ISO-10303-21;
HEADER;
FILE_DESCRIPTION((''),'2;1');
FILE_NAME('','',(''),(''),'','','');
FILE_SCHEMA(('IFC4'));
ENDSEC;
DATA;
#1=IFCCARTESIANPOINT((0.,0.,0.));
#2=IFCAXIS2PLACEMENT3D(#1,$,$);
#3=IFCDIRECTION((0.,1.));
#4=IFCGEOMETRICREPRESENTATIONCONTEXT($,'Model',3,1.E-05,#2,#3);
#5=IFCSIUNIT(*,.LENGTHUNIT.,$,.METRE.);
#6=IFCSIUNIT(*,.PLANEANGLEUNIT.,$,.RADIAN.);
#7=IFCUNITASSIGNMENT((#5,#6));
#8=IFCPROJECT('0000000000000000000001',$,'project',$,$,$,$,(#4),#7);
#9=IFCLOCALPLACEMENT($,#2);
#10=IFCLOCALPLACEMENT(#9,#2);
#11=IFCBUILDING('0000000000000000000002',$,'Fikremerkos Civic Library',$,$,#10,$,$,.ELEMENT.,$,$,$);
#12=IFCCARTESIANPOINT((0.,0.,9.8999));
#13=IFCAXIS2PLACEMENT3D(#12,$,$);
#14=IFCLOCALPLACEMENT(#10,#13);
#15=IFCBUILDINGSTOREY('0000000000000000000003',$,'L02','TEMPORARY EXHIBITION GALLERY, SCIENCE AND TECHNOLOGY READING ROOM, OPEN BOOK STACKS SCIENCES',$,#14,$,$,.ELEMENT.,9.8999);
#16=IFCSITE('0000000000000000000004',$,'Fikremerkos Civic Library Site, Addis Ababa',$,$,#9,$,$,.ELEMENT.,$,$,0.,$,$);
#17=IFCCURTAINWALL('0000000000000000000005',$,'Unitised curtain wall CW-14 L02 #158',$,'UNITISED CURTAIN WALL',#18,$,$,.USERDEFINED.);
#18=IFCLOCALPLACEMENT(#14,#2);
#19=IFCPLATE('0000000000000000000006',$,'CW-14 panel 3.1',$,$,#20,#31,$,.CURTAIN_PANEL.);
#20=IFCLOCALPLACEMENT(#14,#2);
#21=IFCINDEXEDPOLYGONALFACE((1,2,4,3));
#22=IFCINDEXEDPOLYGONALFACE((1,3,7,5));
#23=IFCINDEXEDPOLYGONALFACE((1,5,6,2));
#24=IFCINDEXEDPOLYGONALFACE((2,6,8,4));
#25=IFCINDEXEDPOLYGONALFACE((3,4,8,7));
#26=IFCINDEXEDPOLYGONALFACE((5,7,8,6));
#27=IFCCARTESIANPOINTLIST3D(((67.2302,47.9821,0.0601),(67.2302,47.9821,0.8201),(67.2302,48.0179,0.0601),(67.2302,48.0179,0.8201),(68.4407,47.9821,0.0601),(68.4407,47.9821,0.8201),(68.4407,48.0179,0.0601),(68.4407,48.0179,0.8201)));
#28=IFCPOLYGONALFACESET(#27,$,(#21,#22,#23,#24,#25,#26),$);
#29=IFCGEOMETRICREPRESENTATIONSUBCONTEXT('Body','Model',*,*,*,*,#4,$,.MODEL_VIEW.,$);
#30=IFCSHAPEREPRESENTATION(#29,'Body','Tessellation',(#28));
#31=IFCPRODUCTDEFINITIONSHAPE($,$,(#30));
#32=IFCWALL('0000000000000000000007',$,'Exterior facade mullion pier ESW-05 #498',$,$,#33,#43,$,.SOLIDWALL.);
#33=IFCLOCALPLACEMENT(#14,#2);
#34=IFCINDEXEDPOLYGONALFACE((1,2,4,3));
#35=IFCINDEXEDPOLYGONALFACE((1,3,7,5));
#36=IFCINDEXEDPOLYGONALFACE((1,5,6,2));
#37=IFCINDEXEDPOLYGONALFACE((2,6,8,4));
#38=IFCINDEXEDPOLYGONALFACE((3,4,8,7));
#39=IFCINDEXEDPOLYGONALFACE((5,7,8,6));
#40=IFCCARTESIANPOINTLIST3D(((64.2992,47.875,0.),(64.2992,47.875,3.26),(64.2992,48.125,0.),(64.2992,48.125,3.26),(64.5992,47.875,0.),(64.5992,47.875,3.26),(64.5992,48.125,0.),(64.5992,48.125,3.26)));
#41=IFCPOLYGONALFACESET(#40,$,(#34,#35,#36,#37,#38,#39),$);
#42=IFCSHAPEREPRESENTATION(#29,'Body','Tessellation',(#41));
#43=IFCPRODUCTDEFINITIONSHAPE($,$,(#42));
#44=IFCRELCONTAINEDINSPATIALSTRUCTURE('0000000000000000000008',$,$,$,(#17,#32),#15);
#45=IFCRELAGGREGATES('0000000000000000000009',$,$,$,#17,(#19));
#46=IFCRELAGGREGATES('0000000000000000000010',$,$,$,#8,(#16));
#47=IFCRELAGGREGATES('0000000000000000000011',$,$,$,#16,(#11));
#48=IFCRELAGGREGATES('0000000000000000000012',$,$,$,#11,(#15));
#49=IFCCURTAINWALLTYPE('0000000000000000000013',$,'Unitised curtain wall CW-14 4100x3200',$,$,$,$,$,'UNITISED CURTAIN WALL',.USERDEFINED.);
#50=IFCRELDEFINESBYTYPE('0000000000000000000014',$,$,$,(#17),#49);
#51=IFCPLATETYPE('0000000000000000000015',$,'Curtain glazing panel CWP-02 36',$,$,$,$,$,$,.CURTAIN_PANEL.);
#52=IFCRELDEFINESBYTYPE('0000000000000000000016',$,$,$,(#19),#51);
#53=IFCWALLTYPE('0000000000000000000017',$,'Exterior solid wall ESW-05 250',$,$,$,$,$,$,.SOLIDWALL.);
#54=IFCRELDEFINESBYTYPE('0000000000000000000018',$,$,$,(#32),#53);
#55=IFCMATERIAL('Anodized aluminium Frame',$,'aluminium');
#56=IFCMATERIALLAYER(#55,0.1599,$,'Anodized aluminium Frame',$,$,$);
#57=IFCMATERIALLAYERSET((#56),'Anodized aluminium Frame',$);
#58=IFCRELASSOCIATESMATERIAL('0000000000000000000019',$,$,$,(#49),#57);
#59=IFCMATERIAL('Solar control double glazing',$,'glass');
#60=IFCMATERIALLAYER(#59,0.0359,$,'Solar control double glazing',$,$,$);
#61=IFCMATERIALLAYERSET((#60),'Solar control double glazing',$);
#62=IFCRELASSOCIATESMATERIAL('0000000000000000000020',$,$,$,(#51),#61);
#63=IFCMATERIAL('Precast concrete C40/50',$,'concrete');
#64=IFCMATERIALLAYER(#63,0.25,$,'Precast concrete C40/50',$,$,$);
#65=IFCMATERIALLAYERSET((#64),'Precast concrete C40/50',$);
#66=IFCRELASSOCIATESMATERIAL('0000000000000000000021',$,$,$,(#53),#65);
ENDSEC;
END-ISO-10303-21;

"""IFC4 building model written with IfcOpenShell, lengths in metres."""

from ifc_helpers import new_model, si_unit, direction, frame, frame_2d, origin, origin_2d, place, context, subcontext, project, spatial, rectangle, extrude, material, layer, layer_set, type_object, element, aggregate, save


model = new_model("IFC4")

# Units and contexts
model_context = context("Model", 3, precision=1e-05, world=origin(), true_north=direction((0.0, 1.0)))
body_context = subcontext(model_context, "Body", "Model", "MODEL_VIEW")
ifc_project = project(units=[si_unit("LENGTHUNIT", "METRE"), si_unit("PLANEANGLEUNIT", "RADIAN")], contexts=[model_context])

# Site, building, storey
site_placement = place(None, origin())
site = spatial("IfcSite", under=ifc_project, at=site_placement, Name="Fikremerkos Civic Library Site, Addis Ababa", CompositionType="ELEMENT", RefElevation=0.0)
building_placement = place(site_placement, origin())
building = spatial("IfcBuilding", under=site, at=building_placement, Name="Fikremerkos Civic Library", CompositionType="ELEMENT")
storey_placement = place(building_placement, frame((0.0, 0.0, 9.8999)))
storey = spatial("IfcBuildingStorey", under=building, at=storey_placement, Name="L02", Description="TEMPORARY EXHIBITION GALLERY, SCIENCE AND TECHNOLOGY READING ROOM, OPEN BOOK STACKS SCIENCES", CompositionType="ELEMENT", Elevation=9.8999)

# Shared definitions
ifc_material_1 = material(Name="Anodized aluminium Frame", Category="aluminium")

# Curtain wall
ifc_layer_1 = layer(ifc_material_1, 0.1599, Name="Anodized aluminium Frame")
ifc_layer_set_1 = layer_set([ifc_layer_1], Name="Anodized aluminium Frame")
curtain_wall_type_1 = type_object("IfcCurtainWallType", Name="Unitised curtain wall CW-14 4100x3200", ElementType="UNITISED CURTAIN WALL", PredefinedType="USERDEFINED", material=ifc_layer_set_1)
curtain_wall_1_placement = place(storey_placement, origin())
curtain_wall_1 = element("IfcCurtainWall", 1, at=curtain_wall_1_placement, inside=storey, type_object=curtain_wall_type_1, Name="Unitised curtain wall CW-14 L02 #158", ObjectType="UNITISED CURTAIN WALL", PredefinedType="USERDEFINED")

# Plate
ifc_material_2 = material(Name="Solar control double glazing", Category="glass")
ifc_layer_2 = layer(ifc_material_2, 0.0359, Name="Solar control double glazing")
ifc_layer_set_2 = layer_set([ifc_layer_2], Name="Solar control double glazing")
plate_type_1 = type_object("IfcPlateType", Name="Curtain glazing panel CWP-02 36", PredefinedType="CURTAIN_PANEL", material=ifc_layer_set_2)
plate_1_placement = place(storey_placement, frame((67.8354, 48.0, 0.0601), z_axis=(0.0, 0.0, 1.0), x_axis=(1.0, 0.0, 0.0)))
plate_1 = element("IfcPlate", 2, at=plate_1_placement, type_object=plate_type_1, Name="CW-14 panel 3.1", PredefinedType="CURTAIN_PANEL", context=body_context, shape_type="SweptSolid", body=[
    extrude(rectangle(XDim=1.2104, YDim=0.0359, at=origin_2d()), origin(), (0.0, 0.0, 1.0), 0.76),
])
aggregate(curtain_wall_1, [plate_1])

# Wall
ifc_material_3 = material(Name="Precast concrete C40/50", Category="concrete")
ifc_layer_3 = layer(ifc_material_3, 0.25, Name="Precast concrete C40/50")
ifc_layer_set_3 = layer_set([ifc_layer_3], Name="Precast concrete C40/50")
wall_type = type_object("IfcWallType", Name="Exterior solid wall ESW-05 250", PredefinedType="SOLIDWALL", material=ifc_layer_set_3)
wall_placement = place(storey_placement, frame((64.2993, 48.0, 0.0), z_axis=(0.0, 0.0, 1.0), x_axis=(1.0, 0.0, 0.0)))
element("IfcWall", 3, at=wall_placement, inside=storey, type_object=wall_type, Name="Exterior facade mullion pier ESW-05 #498", PredefinedType="SOLIDWALL", context=body_context, shape_type="SweptSolid", body=[
    extrude(rectangle(XDim=0.3, YDim=0.25, at=frame_2d((0.1499, 0.0))), origin(), (0.0, 0.0, 1.0), 3.26),
])

save(model, "model.ifc")
